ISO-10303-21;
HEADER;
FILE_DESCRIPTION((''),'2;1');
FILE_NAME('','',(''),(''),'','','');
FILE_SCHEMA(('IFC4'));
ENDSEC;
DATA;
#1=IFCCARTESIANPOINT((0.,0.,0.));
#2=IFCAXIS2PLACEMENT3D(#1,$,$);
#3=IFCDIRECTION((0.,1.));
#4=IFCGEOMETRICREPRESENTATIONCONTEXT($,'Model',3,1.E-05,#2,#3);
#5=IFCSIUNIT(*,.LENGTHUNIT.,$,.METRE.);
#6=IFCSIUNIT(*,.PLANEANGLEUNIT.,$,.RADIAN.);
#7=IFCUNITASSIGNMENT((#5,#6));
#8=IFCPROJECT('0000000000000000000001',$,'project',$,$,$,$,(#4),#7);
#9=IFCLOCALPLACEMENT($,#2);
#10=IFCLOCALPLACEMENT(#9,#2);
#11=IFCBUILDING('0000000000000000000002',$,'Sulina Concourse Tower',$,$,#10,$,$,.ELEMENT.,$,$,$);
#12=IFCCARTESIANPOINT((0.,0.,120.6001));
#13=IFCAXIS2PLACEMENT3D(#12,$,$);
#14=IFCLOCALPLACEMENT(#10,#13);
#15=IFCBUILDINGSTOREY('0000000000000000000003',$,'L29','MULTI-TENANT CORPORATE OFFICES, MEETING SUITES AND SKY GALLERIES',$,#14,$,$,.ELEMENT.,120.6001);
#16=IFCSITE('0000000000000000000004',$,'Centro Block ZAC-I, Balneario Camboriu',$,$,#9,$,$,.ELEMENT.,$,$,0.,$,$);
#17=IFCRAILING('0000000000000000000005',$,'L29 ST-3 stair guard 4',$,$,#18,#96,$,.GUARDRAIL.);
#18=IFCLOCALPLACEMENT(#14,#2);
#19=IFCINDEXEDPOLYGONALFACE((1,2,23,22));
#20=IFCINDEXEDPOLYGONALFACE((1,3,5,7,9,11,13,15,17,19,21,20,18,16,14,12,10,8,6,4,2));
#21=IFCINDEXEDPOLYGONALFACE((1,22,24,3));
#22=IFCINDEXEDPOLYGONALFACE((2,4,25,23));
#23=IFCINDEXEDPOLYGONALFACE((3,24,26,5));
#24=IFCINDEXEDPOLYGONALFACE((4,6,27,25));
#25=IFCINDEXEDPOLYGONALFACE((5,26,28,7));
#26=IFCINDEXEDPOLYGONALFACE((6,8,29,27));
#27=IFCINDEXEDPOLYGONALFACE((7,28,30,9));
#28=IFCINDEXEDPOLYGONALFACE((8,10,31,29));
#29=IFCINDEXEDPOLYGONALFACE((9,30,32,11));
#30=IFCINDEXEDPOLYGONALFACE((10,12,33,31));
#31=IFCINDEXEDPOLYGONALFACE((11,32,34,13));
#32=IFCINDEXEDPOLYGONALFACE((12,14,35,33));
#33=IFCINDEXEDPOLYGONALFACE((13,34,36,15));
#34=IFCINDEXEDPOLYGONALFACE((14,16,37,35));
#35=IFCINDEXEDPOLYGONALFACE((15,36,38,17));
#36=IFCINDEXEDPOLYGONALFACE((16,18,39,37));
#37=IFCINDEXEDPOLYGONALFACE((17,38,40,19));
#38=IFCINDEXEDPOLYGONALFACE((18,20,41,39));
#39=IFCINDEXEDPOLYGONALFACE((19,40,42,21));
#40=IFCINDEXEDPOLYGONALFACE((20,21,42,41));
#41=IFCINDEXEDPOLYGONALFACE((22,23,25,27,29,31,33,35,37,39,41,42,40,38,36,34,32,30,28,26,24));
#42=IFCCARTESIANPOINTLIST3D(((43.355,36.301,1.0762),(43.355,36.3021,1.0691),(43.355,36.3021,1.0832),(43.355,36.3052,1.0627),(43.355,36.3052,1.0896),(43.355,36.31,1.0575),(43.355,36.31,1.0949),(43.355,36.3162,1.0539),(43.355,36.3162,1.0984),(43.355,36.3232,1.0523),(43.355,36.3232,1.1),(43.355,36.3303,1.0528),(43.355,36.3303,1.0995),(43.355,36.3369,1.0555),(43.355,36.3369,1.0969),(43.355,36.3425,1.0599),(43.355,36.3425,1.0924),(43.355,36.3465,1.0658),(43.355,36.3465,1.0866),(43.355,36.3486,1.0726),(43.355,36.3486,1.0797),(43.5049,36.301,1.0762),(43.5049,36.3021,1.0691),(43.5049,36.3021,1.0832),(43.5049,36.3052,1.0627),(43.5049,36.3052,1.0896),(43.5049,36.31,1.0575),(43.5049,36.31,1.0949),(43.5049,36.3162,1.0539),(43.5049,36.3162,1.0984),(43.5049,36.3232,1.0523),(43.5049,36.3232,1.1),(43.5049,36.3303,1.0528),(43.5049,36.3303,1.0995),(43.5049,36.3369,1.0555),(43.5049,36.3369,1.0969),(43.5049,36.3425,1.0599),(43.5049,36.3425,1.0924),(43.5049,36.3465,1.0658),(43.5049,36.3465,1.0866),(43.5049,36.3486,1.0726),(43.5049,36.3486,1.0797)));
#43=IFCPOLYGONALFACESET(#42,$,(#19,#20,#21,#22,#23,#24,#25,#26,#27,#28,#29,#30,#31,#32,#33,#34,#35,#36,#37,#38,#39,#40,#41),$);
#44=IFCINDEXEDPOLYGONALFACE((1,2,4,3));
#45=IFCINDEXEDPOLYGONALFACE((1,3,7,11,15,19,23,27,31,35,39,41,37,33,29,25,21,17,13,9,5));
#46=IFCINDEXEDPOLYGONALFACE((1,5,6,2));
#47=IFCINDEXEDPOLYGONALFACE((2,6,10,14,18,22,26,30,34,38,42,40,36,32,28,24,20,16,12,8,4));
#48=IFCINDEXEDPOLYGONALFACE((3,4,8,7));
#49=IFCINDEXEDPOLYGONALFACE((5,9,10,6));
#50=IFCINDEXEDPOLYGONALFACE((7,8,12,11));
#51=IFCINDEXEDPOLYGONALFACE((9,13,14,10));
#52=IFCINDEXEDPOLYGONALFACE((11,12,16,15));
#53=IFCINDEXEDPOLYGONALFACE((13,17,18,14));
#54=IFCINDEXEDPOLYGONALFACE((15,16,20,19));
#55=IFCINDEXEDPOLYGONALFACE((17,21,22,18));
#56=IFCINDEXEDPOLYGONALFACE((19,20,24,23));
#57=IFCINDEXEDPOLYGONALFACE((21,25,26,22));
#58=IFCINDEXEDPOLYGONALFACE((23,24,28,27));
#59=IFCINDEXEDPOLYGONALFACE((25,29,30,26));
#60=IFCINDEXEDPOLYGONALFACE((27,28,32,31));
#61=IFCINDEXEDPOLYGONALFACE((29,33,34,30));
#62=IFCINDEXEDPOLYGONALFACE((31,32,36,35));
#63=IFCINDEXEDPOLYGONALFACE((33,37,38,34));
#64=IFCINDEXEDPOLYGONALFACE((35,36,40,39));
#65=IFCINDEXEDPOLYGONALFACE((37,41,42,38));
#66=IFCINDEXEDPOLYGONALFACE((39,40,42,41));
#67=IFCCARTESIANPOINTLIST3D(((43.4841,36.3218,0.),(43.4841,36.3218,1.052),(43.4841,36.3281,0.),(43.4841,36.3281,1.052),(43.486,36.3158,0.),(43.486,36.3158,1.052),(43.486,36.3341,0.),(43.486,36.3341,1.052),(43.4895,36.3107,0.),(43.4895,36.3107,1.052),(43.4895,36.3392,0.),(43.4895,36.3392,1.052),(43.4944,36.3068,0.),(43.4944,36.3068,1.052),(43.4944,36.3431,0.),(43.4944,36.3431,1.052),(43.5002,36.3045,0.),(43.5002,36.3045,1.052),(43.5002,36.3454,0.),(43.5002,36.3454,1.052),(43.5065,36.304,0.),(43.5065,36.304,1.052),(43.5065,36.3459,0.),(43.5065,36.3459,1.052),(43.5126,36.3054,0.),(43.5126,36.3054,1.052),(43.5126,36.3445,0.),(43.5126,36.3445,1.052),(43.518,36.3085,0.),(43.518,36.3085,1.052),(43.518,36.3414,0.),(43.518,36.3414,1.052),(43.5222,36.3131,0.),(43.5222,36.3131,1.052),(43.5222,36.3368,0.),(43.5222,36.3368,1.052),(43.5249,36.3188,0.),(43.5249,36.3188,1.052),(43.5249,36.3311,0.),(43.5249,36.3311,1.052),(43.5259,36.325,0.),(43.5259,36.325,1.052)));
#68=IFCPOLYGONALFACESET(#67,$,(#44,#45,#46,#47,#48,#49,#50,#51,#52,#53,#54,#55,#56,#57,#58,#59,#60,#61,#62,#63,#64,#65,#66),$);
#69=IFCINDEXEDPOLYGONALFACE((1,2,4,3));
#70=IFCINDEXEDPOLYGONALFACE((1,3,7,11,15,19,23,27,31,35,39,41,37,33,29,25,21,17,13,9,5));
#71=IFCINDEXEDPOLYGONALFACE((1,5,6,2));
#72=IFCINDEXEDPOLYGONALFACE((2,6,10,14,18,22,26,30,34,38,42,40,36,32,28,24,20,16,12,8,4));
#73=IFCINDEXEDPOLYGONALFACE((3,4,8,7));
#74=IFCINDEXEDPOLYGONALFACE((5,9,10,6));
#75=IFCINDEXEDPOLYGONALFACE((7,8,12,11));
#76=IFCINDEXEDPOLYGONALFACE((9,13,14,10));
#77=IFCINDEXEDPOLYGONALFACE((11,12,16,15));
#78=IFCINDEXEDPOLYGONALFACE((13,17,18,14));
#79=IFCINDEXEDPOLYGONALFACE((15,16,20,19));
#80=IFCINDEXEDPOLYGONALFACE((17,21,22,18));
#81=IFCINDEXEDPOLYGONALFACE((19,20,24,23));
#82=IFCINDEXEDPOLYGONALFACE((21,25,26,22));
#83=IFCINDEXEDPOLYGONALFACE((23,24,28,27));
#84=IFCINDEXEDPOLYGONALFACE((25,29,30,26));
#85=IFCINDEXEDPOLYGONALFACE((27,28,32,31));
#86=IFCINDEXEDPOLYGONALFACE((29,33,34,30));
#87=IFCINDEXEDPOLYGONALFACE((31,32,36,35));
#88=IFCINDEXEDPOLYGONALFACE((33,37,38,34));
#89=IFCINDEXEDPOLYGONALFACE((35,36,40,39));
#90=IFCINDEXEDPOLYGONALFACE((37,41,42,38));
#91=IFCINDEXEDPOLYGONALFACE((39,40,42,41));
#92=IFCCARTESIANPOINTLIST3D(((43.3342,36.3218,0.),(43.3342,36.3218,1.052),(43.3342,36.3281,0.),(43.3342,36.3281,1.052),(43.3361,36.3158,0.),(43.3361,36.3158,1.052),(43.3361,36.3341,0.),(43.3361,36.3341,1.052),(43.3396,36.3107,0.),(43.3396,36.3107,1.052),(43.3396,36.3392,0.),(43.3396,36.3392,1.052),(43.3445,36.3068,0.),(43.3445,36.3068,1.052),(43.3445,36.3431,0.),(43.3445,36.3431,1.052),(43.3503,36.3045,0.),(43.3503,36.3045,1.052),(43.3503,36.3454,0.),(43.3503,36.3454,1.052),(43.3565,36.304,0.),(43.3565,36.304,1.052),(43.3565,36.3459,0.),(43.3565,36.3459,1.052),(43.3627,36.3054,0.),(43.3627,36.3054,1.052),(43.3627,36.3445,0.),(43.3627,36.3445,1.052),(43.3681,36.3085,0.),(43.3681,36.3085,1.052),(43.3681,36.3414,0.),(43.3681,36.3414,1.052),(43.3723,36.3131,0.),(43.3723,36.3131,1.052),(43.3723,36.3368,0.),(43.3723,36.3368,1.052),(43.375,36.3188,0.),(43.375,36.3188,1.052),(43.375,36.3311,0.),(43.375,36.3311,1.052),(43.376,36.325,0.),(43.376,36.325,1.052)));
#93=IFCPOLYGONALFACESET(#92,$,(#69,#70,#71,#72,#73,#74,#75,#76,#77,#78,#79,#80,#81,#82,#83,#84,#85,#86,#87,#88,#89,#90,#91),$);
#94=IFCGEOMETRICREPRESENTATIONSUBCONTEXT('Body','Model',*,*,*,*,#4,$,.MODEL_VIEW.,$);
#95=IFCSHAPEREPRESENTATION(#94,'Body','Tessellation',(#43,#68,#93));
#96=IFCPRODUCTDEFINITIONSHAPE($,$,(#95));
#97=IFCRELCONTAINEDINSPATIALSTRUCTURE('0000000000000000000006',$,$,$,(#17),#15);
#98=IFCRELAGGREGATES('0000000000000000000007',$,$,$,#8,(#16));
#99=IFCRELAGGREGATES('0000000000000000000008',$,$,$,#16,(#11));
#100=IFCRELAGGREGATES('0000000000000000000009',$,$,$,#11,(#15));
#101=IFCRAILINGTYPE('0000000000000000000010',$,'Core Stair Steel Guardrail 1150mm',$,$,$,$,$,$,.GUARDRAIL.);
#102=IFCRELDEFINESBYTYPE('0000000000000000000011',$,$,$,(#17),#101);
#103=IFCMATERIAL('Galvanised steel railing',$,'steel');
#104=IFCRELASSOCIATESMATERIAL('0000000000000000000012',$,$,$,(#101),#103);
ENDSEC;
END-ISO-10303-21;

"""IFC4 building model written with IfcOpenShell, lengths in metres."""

from ifc_helpers import new_model, si_unit, direction, frame, origin, origin_2d, place, context, subcontext, project, spatial, circle, extrude, material, type_object, element, save


model = new_model("IFC4")

# Units and contexts
model_context = context("Model", 3, precision=1e-05, world=origin(), true_north=direction((0.0, 1.0)))
body_context = subcontext(model_context, "Body", "Model", "MODEL_VIEW")
ifc_project = project(units=[si_unit("LENGTHUNIT", "METRE"), si_unit("PLANEANGLEUNIT", "RADIAN")], contexts=[model_context])

# Site, building, storey
site_placement = place(None, origin())
site = spatial("IfcSite", under=ifc_project, at=site_placement, Name="Centro Block ZAC-I, Balneario Camboriu", CompositionType="ELEMENT", RefElevation=0.0)
building_placement = place(site_placement, origin())
building = spatial("IfcBuilding", under=site, at=building_placement, Name="Sulina Concourse Tower", CompositionType="ELEMENT")
storey_placement = place(building_placement, frame((0.0, 0.0, 120.6001)))
storey = spatial("IfcBuildingStorey", under=building, at=storey_placement, Name="L29", Description="MULTI-TENANT CORPORATE OFFICES, MEETING SUITES AND SKY GALLERIES", CompositionType="ELEMENT", Elevation=120.6001)

# Railing
ifc_material_1 = material(Name="Galvanised steel railing", Category="steel")
railing_type_1 = type_object("IfcRailingType", Name="Core Stair Steel Guardrail 1150mm", PredefinedType="GUARDRAIL", material=ifc_material_1)
railing_1_placement = place(storey_placement, frame((43.5049, 36.325, 0.0)))
element("IfcRailing", 1, at=railing_1_placement, inside=storey, type_object=railing_type_1, Name="L29 ST-3 stair guard 4", PredefinedType="GUARDRAIL", context=body_context, shape_type="SweptSolid", body=[
    extrude(circle(Radius=0.0239, at=origin_2d()), frame((0.0, 0.0, 1.0762), z_axis=(-1.0, 0.0, 0.0), x_axis=(0.0, -1.0, 0.0)), (0.0, 0.0, 1.0), 0.1499),
    extrude(circle(Radius=0.021, at=origin_2d()), origin(), (0.0, 0.0, 1.0), 1.052),
    extrude(circle(Radius=0.021, at=origin_2d()), frame((-0.1499, 0.0, 0.0)), (0.0, 0.0, 1.0), 1.052),
])

save(model, "model.ifc")
